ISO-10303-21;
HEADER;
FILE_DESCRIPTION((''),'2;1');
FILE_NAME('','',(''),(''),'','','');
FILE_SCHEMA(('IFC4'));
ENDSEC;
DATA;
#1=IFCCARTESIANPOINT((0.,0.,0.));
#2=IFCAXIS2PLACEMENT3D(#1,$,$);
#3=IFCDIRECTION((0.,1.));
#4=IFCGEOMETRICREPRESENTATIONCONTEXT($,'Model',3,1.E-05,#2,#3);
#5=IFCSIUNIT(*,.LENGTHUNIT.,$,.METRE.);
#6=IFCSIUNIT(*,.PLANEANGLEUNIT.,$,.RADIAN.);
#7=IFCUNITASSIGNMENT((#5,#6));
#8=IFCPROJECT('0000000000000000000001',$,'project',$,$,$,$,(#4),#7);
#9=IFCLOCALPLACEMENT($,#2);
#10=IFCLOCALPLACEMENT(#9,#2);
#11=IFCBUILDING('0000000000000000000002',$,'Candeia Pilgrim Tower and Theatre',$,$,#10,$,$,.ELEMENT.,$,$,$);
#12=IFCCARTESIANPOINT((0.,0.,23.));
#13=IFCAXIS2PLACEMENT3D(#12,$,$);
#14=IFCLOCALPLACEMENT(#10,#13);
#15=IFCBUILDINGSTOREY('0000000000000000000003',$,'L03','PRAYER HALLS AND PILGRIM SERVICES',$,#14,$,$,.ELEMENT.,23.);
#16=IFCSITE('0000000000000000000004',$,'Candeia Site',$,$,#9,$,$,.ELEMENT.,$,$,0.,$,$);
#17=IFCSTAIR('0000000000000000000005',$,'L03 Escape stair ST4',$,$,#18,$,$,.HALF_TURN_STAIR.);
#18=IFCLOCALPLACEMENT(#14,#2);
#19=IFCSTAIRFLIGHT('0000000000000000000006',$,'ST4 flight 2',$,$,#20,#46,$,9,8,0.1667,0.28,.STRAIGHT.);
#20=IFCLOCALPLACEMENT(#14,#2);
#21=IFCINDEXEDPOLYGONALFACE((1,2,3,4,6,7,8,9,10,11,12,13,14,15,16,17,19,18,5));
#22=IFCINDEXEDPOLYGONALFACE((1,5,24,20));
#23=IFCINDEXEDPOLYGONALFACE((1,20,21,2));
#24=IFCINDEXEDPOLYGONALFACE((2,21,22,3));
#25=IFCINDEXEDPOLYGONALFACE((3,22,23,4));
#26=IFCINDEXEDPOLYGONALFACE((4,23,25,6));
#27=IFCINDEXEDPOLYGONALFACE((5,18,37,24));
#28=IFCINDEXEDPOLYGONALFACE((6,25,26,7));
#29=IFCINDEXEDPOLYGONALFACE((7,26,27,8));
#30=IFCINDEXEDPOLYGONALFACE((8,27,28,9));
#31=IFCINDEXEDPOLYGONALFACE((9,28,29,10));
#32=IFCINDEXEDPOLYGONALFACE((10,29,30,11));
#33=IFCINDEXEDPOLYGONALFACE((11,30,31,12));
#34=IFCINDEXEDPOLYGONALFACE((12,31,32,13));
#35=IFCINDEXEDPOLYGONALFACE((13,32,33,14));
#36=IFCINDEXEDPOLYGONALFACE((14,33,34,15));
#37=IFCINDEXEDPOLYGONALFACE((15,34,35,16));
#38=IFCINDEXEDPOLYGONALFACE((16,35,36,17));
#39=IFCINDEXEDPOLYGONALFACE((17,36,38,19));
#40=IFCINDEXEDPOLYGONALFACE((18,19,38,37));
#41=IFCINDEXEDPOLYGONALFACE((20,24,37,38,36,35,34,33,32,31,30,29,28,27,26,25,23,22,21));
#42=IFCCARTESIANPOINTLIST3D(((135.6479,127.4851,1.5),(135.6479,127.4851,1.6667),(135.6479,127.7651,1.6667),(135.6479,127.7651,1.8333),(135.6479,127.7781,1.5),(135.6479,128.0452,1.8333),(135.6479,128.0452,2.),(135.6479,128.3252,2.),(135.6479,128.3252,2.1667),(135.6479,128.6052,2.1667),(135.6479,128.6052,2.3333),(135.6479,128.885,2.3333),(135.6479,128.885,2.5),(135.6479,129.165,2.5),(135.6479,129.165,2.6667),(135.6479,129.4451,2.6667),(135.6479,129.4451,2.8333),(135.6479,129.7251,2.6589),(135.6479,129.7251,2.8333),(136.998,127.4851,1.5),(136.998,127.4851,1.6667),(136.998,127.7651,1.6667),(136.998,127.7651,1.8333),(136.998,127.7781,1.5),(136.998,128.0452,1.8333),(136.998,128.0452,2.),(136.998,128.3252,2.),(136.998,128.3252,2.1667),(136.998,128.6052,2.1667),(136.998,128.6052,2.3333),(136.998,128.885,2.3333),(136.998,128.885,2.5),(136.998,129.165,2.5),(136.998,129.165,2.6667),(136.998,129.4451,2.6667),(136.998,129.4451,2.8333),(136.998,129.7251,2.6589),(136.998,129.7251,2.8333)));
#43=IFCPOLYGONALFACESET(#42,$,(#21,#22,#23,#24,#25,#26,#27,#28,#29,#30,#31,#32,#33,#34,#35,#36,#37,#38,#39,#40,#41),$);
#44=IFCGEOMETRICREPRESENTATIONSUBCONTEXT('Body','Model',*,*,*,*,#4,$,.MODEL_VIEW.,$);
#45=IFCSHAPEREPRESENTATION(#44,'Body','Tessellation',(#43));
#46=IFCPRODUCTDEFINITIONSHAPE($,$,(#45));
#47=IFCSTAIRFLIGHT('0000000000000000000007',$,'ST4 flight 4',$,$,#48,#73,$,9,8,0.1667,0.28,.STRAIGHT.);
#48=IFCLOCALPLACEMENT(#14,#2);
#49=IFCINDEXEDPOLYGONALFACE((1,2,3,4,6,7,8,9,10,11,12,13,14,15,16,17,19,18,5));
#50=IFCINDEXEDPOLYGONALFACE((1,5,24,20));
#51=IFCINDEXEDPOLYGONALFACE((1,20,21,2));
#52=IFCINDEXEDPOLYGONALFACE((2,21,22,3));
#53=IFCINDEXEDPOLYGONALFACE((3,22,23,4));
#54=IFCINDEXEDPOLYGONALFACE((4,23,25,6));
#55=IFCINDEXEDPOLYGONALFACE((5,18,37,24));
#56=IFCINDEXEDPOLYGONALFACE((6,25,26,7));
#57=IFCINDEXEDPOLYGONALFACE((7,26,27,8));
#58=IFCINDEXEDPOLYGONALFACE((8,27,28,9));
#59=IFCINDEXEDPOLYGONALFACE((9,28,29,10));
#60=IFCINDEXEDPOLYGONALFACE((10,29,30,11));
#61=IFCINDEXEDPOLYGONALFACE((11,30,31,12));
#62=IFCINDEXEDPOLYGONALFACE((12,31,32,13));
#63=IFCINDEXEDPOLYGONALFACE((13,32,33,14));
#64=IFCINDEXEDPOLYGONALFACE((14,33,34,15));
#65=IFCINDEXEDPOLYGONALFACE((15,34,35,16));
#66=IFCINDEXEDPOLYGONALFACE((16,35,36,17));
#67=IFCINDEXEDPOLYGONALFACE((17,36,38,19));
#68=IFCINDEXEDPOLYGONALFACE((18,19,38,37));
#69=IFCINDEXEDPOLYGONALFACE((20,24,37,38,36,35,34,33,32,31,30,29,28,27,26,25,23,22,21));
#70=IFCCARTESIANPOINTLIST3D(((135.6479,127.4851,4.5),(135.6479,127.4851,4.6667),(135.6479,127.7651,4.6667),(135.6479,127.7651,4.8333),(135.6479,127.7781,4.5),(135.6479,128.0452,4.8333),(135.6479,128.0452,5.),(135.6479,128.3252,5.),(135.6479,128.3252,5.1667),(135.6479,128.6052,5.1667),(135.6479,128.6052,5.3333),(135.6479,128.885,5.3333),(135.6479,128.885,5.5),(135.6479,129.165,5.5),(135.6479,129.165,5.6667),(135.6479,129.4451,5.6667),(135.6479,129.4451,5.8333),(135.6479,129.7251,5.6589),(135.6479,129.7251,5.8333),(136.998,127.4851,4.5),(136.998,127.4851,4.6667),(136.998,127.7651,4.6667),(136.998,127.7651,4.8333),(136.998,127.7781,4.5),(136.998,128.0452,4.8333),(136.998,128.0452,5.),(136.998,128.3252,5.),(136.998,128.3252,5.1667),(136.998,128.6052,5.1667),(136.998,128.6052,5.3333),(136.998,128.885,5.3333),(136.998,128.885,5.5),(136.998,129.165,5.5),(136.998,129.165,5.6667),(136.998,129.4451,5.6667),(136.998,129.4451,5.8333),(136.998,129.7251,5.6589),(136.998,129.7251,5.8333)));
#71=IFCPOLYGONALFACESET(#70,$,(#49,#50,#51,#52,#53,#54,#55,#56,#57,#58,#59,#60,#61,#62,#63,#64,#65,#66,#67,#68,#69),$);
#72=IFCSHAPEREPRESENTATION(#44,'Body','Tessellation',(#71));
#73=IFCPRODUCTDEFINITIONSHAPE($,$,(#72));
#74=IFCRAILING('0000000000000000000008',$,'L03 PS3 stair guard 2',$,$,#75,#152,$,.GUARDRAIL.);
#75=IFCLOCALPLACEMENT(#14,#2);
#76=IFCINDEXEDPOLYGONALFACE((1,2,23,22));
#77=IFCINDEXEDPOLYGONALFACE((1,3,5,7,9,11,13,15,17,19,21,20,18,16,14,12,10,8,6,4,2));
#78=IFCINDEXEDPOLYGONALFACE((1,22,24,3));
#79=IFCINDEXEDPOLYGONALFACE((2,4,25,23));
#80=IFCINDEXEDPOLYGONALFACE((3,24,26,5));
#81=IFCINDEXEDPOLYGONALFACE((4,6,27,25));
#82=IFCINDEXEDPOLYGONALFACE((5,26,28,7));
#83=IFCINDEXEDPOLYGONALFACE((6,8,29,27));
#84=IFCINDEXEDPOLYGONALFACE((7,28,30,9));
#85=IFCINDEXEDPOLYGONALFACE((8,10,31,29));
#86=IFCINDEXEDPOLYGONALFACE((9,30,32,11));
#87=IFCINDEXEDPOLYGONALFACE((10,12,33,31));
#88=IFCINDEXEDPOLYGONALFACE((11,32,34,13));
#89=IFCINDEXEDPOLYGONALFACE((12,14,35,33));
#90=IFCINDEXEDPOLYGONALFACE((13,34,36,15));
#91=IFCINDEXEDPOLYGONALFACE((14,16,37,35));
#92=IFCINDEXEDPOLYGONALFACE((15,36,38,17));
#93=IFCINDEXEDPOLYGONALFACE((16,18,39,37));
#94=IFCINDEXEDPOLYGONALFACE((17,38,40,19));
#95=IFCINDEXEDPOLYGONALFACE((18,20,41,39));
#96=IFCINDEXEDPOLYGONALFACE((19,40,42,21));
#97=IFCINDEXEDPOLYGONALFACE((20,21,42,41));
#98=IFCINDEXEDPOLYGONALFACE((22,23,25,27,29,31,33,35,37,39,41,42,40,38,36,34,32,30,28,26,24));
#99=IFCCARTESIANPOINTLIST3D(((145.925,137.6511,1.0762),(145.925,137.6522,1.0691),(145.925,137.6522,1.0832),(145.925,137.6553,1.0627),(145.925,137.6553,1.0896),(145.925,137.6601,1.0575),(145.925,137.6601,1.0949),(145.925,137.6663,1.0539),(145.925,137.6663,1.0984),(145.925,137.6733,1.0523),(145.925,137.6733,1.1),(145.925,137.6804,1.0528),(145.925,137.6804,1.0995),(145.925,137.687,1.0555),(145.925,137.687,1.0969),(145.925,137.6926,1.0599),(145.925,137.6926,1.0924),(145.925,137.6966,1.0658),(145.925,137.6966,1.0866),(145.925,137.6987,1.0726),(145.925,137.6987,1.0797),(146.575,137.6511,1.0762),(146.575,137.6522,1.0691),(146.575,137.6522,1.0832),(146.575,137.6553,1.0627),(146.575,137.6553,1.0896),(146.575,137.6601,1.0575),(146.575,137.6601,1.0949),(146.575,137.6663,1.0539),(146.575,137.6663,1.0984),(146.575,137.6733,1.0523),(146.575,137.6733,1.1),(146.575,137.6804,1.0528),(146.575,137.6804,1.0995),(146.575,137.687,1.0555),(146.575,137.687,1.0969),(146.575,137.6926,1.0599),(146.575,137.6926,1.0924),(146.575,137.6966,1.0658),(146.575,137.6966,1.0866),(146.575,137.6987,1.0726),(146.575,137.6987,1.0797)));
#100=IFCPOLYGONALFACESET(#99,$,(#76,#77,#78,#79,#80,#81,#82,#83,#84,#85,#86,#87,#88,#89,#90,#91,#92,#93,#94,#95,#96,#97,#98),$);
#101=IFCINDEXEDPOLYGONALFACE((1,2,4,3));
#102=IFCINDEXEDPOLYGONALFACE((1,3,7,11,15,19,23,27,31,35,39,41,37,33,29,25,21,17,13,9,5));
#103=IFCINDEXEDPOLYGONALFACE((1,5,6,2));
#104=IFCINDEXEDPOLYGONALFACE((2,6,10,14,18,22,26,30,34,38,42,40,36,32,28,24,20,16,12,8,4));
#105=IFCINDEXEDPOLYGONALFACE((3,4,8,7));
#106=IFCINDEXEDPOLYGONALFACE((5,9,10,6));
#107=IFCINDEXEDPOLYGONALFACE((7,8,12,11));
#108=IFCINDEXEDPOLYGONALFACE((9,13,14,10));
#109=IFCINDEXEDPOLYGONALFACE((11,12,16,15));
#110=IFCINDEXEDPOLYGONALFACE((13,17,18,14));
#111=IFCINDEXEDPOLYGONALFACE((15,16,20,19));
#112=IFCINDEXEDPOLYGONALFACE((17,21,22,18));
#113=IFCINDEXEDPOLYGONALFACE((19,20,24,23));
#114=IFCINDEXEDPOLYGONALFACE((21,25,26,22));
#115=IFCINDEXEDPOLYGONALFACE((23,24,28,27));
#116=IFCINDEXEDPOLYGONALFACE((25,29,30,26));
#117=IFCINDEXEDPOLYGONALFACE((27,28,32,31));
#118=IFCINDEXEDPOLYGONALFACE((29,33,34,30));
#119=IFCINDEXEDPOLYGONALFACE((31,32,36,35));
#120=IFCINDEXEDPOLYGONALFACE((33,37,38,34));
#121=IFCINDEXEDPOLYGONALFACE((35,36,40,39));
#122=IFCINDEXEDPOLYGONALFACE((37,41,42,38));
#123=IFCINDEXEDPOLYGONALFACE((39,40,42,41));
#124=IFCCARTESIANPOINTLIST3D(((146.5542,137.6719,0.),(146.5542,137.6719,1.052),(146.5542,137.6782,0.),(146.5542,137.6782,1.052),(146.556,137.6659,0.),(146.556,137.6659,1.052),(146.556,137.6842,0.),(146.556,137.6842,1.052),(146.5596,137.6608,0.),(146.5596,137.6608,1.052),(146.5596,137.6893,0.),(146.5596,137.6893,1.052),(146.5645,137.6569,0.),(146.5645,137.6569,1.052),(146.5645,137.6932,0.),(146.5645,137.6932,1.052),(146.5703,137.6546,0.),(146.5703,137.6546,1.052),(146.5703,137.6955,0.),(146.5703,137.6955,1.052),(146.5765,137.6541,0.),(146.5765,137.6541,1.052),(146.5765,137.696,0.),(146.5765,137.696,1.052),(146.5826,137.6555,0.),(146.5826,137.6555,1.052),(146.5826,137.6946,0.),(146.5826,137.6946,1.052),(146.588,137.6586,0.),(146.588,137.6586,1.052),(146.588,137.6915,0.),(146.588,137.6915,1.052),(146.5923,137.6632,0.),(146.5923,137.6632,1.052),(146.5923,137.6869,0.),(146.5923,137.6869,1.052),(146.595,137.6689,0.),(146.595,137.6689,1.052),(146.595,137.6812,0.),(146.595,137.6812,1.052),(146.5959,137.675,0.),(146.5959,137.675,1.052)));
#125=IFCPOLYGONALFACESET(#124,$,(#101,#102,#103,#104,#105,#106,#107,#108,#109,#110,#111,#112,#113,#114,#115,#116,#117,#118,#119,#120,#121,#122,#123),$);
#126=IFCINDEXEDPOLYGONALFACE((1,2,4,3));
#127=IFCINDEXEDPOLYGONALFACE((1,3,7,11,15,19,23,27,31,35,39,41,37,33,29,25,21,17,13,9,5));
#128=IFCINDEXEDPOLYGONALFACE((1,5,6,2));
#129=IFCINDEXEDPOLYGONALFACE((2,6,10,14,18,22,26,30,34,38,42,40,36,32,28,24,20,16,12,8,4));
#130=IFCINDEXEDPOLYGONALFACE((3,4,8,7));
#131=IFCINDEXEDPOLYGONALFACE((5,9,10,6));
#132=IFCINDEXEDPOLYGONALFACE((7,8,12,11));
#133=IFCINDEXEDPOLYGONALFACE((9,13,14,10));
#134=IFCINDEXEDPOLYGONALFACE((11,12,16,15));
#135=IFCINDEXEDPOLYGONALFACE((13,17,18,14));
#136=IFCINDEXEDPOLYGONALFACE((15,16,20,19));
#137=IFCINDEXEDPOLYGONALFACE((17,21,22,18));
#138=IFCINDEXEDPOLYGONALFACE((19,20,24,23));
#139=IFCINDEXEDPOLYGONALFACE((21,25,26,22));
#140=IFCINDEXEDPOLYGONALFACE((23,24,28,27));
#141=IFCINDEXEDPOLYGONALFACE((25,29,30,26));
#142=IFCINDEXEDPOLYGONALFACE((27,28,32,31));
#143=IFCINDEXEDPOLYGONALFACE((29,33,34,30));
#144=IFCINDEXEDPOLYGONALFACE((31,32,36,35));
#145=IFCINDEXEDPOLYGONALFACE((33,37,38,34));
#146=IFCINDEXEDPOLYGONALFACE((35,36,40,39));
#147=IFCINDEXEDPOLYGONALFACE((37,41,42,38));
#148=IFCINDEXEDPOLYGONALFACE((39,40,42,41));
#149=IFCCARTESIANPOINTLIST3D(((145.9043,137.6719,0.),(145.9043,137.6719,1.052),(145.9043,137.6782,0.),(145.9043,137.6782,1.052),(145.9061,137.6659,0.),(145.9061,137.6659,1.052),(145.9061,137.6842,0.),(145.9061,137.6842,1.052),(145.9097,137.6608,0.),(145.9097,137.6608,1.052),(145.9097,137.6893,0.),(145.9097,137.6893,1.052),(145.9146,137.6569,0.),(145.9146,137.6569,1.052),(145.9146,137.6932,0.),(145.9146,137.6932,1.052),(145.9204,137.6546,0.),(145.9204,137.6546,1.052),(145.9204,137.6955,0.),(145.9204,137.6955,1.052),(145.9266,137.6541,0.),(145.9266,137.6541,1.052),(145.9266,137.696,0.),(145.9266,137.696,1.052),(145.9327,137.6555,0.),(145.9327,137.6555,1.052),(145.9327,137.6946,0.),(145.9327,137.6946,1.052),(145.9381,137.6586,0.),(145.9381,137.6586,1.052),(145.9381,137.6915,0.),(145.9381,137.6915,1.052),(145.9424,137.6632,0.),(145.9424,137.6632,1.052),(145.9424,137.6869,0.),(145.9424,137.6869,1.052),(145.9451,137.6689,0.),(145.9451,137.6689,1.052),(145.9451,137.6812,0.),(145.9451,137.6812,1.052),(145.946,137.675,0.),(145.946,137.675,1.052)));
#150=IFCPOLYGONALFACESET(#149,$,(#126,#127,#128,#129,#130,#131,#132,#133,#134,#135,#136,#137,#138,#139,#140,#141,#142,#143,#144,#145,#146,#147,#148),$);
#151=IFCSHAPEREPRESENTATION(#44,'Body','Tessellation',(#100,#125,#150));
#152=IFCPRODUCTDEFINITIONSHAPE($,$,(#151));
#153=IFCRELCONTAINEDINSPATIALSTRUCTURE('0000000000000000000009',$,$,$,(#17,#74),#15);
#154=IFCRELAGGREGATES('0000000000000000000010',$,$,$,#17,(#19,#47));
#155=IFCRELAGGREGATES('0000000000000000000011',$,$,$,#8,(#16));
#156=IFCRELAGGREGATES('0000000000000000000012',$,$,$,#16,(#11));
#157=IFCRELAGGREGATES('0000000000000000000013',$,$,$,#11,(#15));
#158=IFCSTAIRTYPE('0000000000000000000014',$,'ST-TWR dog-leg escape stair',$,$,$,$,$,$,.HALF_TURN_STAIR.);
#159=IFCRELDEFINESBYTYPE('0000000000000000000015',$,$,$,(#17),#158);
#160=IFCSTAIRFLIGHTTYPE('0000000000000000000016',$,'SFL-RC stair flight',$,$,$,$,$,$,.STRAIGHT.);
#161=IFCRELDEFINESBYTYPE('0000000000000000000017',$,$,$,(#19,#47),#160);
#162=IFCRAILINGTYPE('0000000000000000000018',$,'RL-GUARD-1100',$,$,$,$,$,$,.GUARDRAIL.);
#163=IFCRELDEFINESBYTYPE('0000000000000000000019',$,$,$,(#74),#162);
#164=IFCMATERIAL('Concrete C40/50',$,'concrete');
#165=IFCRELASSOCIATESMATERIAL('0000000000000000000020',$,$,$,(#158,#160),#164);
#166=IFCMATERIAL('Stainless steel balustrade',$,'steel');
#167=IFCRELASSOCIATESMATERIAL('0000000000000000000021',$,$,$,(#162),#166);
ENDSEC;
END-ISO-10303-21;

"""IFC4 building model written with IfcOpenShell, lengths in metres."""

from ifc_helpers import new_model, si_unit, direction, frame, origin, origin_2d, place, context, subcontext, project, spatial, polyline, circle, outline, extrude, material, type_object, element, aggregate, save


model = new_model("IFC4")

# Units and contexts
model_context = context("Model", 3, precision=1e-05, world=origin(), true_north=direction((0.0, 1.0)))
body_context = subcontext(model_context, "Body", "Model", "MODEL_VIEW")
ifc_project = project(units=[si_unit("LENGTHUNIT", "METRE"), si_unit("PLANEANGLEUNIT", "RADIAN")], contexts=[model_context])

# Site, building, storey
site_placement = place(None, origin())
site = spatial("IfcSite", under=ifc_project, at=site_placement, Name="Candeia Site", CompositionType="ELEMENT", RefElevation=0.0)
building_placement = place(site_placement, origin())
building = spatial("IfcBuilding", under=site, at=building_placement, Name="Candeia Pilgrim Tower and Theatre", CompositionType="ELEMENT")
storey_placement = place(building_placement, frame((0.0, 0.0, 23.0)))
storey = spatial("IfcBuildingStorey", under=building, at=storey_placement, Name="L03", Description="PRAYER HALLS AND PILGRIM SERVICES", CompositionType="ELEMENT", Elevation=23.0)

# Shared definitions
ifc_material_1 = material(Name="Concrete C40/50", Category="concrete")

# Stair, stair flights
stair_type_1 = type_object("IfcStairType", Name="ST-TWR dog-leg escape stair", PredefinedType="HALF_TURN_STAIR", material=ifc_material_1)
stair_1_placement = place(storey_placement, origin())
stair_1 = element("IfcStair", 1, at=stair_1_placement, inside=storey, type_object=stair_type_1, Name="L03 Escape stair ST4", PredefinedType="HALF_TURN_STAIR")
stair_flight_type_1 = type_object("IfcStairFlightType", Name="SFL-RC stair flight", PredefinedType="STRAIGHT", material=ifc_material_1)
stair_flight_1_placement = place(storey_placement, frame((136.323, 127.4851, 1.5), z_axis=(0.0, 0.0, 1.0), x_axis=(0.0, 1.0, 0.0)))
stair_flight_1 = element("IfcStairFlight", 2, at=stair_flight_1_placement, type_object=stair_flight_type_1, Name="ST4 flight 2", NumberOfRisers=9, NumberOfTreads=8, PredefinedType="STRAIGHT", RiserHeight=0.1667, TreadLength=0.28, context=body_context, shape_type="SweptSolid", body=[
    extrude(outline(polyline([(0.0, 0.0), (0.0, 0.1667), (0.28, 0.1667), (0.28, 0.3333), (0.5601, 0.3333), (0.5601, 0.5), (0.8401, 0.5), (0.8401, 0.6667), (1.1201, 0.6667), (1.1201, 0.8333), (1.3999, 0.8333), (1.3999, 1.0), (1.6799, 1.0), (1.6799, 1.1667), (1.96, 1.1667), (1.96, 1.3333), (2.24, 1.3333), (2.24, 1.5), (2.24, 1.1589), (0.293, 0.0), (0.0, 0.0)])), frame((0.0, 0.675, 0.0), z_axis=(0.0, -1.0, 0.0), x_axis=(1.0, 0.0, 0.0)), (0.0, 0.0, 1.0), 1.3501),
])
stair_flight_2_placement = place(storey_placement, frame((136.323, 127.4851, 4.5), z_axis=(0.0, 0.0, 1.0), x_axis=(0.0, 1.0, 0.0)))
stair_flight_2 = element("IfcStairFlight", 3, at=stair_flight_2_placement, type_object=stair_flight_type_1, Name="ST4 flight 4", NumberOfRisers=9, NumberOfTreads=8, PredefinedType="STRAIGHT", RiserHeight=0.1667, TreadLength=0.28, context=body_context, shape_type="SweptSolid", body=[
    extrude(outline(polyline([(0.0, 0.0), (0.0, 0.1667), (0.28, 0.1667), (0.28, 0.3333), (0.5601, 0.3333), (0.5601, 0.5), (0.8401, 0.5), (0.8401, 0.6667), (1.1201, 0.6667), (1.1201, 0.8333), (1.3999, 0.8333), (1.3999, 1.0), (1.6799, 1.0), (1.6799, 1.1667), (1.96, 1.1667), (1.96, 1.3333), (2.24, 1.3333), (2.24, 1.5), (2.24, 1.1589), (0.293, 0.0), (0.0, 0.0)])), frame((0.0, 0.675, 0.0), z_axis=(0.0, -1.0, 0.0), x_axis=(1.0, 0.0, 0.0)), (0.0, 0.0, 1.0), 1.3501),
])
aggregate(stair_1, [stair_flight_1, stair_flight_2])

# Railing
ifc_material_2 = material(Name="Stainless steel balustrade", Category="steel")
railing_type_1 = type_object("IfcRailingType", Name="RL-GUARD-1100", PredefinedType="GUARDRAIL", material=ifc_material_2)
railing_1_placement = place(storey_placement, frame((146.575, 137.675, 0.0)))
element("IfcRailing", 4, at=railing_1_placement, inside=storey, type_object=railing_type_1, Name="L03 PS3 stair guard 2", PredefinedType="GUARDRAIL", context=body_context, shape_type="SweptSolid", body=[
    extrude(circle(Radius=0.0239, at=origin_2d()), frame((0.0, 0.0, 1.0762), z_axis=(-1.0, 0.0, 0.0), x_axis=(0.0, -1.0, 0.0)), (0.0, 0.0, 1.0), 0.6499),
    extrude(circle(Radius=0.021, at=origin_2d()), origin(), (0.0, 0.0, 1.0), 1.052),
    extrude(circle(Radius=0.021, at=origin_2d()), frame((-0.6499, 0.0, 0.0)), (0.0, 0.0, 1.0), 1.052),
])

save(model, "model.ifc")
